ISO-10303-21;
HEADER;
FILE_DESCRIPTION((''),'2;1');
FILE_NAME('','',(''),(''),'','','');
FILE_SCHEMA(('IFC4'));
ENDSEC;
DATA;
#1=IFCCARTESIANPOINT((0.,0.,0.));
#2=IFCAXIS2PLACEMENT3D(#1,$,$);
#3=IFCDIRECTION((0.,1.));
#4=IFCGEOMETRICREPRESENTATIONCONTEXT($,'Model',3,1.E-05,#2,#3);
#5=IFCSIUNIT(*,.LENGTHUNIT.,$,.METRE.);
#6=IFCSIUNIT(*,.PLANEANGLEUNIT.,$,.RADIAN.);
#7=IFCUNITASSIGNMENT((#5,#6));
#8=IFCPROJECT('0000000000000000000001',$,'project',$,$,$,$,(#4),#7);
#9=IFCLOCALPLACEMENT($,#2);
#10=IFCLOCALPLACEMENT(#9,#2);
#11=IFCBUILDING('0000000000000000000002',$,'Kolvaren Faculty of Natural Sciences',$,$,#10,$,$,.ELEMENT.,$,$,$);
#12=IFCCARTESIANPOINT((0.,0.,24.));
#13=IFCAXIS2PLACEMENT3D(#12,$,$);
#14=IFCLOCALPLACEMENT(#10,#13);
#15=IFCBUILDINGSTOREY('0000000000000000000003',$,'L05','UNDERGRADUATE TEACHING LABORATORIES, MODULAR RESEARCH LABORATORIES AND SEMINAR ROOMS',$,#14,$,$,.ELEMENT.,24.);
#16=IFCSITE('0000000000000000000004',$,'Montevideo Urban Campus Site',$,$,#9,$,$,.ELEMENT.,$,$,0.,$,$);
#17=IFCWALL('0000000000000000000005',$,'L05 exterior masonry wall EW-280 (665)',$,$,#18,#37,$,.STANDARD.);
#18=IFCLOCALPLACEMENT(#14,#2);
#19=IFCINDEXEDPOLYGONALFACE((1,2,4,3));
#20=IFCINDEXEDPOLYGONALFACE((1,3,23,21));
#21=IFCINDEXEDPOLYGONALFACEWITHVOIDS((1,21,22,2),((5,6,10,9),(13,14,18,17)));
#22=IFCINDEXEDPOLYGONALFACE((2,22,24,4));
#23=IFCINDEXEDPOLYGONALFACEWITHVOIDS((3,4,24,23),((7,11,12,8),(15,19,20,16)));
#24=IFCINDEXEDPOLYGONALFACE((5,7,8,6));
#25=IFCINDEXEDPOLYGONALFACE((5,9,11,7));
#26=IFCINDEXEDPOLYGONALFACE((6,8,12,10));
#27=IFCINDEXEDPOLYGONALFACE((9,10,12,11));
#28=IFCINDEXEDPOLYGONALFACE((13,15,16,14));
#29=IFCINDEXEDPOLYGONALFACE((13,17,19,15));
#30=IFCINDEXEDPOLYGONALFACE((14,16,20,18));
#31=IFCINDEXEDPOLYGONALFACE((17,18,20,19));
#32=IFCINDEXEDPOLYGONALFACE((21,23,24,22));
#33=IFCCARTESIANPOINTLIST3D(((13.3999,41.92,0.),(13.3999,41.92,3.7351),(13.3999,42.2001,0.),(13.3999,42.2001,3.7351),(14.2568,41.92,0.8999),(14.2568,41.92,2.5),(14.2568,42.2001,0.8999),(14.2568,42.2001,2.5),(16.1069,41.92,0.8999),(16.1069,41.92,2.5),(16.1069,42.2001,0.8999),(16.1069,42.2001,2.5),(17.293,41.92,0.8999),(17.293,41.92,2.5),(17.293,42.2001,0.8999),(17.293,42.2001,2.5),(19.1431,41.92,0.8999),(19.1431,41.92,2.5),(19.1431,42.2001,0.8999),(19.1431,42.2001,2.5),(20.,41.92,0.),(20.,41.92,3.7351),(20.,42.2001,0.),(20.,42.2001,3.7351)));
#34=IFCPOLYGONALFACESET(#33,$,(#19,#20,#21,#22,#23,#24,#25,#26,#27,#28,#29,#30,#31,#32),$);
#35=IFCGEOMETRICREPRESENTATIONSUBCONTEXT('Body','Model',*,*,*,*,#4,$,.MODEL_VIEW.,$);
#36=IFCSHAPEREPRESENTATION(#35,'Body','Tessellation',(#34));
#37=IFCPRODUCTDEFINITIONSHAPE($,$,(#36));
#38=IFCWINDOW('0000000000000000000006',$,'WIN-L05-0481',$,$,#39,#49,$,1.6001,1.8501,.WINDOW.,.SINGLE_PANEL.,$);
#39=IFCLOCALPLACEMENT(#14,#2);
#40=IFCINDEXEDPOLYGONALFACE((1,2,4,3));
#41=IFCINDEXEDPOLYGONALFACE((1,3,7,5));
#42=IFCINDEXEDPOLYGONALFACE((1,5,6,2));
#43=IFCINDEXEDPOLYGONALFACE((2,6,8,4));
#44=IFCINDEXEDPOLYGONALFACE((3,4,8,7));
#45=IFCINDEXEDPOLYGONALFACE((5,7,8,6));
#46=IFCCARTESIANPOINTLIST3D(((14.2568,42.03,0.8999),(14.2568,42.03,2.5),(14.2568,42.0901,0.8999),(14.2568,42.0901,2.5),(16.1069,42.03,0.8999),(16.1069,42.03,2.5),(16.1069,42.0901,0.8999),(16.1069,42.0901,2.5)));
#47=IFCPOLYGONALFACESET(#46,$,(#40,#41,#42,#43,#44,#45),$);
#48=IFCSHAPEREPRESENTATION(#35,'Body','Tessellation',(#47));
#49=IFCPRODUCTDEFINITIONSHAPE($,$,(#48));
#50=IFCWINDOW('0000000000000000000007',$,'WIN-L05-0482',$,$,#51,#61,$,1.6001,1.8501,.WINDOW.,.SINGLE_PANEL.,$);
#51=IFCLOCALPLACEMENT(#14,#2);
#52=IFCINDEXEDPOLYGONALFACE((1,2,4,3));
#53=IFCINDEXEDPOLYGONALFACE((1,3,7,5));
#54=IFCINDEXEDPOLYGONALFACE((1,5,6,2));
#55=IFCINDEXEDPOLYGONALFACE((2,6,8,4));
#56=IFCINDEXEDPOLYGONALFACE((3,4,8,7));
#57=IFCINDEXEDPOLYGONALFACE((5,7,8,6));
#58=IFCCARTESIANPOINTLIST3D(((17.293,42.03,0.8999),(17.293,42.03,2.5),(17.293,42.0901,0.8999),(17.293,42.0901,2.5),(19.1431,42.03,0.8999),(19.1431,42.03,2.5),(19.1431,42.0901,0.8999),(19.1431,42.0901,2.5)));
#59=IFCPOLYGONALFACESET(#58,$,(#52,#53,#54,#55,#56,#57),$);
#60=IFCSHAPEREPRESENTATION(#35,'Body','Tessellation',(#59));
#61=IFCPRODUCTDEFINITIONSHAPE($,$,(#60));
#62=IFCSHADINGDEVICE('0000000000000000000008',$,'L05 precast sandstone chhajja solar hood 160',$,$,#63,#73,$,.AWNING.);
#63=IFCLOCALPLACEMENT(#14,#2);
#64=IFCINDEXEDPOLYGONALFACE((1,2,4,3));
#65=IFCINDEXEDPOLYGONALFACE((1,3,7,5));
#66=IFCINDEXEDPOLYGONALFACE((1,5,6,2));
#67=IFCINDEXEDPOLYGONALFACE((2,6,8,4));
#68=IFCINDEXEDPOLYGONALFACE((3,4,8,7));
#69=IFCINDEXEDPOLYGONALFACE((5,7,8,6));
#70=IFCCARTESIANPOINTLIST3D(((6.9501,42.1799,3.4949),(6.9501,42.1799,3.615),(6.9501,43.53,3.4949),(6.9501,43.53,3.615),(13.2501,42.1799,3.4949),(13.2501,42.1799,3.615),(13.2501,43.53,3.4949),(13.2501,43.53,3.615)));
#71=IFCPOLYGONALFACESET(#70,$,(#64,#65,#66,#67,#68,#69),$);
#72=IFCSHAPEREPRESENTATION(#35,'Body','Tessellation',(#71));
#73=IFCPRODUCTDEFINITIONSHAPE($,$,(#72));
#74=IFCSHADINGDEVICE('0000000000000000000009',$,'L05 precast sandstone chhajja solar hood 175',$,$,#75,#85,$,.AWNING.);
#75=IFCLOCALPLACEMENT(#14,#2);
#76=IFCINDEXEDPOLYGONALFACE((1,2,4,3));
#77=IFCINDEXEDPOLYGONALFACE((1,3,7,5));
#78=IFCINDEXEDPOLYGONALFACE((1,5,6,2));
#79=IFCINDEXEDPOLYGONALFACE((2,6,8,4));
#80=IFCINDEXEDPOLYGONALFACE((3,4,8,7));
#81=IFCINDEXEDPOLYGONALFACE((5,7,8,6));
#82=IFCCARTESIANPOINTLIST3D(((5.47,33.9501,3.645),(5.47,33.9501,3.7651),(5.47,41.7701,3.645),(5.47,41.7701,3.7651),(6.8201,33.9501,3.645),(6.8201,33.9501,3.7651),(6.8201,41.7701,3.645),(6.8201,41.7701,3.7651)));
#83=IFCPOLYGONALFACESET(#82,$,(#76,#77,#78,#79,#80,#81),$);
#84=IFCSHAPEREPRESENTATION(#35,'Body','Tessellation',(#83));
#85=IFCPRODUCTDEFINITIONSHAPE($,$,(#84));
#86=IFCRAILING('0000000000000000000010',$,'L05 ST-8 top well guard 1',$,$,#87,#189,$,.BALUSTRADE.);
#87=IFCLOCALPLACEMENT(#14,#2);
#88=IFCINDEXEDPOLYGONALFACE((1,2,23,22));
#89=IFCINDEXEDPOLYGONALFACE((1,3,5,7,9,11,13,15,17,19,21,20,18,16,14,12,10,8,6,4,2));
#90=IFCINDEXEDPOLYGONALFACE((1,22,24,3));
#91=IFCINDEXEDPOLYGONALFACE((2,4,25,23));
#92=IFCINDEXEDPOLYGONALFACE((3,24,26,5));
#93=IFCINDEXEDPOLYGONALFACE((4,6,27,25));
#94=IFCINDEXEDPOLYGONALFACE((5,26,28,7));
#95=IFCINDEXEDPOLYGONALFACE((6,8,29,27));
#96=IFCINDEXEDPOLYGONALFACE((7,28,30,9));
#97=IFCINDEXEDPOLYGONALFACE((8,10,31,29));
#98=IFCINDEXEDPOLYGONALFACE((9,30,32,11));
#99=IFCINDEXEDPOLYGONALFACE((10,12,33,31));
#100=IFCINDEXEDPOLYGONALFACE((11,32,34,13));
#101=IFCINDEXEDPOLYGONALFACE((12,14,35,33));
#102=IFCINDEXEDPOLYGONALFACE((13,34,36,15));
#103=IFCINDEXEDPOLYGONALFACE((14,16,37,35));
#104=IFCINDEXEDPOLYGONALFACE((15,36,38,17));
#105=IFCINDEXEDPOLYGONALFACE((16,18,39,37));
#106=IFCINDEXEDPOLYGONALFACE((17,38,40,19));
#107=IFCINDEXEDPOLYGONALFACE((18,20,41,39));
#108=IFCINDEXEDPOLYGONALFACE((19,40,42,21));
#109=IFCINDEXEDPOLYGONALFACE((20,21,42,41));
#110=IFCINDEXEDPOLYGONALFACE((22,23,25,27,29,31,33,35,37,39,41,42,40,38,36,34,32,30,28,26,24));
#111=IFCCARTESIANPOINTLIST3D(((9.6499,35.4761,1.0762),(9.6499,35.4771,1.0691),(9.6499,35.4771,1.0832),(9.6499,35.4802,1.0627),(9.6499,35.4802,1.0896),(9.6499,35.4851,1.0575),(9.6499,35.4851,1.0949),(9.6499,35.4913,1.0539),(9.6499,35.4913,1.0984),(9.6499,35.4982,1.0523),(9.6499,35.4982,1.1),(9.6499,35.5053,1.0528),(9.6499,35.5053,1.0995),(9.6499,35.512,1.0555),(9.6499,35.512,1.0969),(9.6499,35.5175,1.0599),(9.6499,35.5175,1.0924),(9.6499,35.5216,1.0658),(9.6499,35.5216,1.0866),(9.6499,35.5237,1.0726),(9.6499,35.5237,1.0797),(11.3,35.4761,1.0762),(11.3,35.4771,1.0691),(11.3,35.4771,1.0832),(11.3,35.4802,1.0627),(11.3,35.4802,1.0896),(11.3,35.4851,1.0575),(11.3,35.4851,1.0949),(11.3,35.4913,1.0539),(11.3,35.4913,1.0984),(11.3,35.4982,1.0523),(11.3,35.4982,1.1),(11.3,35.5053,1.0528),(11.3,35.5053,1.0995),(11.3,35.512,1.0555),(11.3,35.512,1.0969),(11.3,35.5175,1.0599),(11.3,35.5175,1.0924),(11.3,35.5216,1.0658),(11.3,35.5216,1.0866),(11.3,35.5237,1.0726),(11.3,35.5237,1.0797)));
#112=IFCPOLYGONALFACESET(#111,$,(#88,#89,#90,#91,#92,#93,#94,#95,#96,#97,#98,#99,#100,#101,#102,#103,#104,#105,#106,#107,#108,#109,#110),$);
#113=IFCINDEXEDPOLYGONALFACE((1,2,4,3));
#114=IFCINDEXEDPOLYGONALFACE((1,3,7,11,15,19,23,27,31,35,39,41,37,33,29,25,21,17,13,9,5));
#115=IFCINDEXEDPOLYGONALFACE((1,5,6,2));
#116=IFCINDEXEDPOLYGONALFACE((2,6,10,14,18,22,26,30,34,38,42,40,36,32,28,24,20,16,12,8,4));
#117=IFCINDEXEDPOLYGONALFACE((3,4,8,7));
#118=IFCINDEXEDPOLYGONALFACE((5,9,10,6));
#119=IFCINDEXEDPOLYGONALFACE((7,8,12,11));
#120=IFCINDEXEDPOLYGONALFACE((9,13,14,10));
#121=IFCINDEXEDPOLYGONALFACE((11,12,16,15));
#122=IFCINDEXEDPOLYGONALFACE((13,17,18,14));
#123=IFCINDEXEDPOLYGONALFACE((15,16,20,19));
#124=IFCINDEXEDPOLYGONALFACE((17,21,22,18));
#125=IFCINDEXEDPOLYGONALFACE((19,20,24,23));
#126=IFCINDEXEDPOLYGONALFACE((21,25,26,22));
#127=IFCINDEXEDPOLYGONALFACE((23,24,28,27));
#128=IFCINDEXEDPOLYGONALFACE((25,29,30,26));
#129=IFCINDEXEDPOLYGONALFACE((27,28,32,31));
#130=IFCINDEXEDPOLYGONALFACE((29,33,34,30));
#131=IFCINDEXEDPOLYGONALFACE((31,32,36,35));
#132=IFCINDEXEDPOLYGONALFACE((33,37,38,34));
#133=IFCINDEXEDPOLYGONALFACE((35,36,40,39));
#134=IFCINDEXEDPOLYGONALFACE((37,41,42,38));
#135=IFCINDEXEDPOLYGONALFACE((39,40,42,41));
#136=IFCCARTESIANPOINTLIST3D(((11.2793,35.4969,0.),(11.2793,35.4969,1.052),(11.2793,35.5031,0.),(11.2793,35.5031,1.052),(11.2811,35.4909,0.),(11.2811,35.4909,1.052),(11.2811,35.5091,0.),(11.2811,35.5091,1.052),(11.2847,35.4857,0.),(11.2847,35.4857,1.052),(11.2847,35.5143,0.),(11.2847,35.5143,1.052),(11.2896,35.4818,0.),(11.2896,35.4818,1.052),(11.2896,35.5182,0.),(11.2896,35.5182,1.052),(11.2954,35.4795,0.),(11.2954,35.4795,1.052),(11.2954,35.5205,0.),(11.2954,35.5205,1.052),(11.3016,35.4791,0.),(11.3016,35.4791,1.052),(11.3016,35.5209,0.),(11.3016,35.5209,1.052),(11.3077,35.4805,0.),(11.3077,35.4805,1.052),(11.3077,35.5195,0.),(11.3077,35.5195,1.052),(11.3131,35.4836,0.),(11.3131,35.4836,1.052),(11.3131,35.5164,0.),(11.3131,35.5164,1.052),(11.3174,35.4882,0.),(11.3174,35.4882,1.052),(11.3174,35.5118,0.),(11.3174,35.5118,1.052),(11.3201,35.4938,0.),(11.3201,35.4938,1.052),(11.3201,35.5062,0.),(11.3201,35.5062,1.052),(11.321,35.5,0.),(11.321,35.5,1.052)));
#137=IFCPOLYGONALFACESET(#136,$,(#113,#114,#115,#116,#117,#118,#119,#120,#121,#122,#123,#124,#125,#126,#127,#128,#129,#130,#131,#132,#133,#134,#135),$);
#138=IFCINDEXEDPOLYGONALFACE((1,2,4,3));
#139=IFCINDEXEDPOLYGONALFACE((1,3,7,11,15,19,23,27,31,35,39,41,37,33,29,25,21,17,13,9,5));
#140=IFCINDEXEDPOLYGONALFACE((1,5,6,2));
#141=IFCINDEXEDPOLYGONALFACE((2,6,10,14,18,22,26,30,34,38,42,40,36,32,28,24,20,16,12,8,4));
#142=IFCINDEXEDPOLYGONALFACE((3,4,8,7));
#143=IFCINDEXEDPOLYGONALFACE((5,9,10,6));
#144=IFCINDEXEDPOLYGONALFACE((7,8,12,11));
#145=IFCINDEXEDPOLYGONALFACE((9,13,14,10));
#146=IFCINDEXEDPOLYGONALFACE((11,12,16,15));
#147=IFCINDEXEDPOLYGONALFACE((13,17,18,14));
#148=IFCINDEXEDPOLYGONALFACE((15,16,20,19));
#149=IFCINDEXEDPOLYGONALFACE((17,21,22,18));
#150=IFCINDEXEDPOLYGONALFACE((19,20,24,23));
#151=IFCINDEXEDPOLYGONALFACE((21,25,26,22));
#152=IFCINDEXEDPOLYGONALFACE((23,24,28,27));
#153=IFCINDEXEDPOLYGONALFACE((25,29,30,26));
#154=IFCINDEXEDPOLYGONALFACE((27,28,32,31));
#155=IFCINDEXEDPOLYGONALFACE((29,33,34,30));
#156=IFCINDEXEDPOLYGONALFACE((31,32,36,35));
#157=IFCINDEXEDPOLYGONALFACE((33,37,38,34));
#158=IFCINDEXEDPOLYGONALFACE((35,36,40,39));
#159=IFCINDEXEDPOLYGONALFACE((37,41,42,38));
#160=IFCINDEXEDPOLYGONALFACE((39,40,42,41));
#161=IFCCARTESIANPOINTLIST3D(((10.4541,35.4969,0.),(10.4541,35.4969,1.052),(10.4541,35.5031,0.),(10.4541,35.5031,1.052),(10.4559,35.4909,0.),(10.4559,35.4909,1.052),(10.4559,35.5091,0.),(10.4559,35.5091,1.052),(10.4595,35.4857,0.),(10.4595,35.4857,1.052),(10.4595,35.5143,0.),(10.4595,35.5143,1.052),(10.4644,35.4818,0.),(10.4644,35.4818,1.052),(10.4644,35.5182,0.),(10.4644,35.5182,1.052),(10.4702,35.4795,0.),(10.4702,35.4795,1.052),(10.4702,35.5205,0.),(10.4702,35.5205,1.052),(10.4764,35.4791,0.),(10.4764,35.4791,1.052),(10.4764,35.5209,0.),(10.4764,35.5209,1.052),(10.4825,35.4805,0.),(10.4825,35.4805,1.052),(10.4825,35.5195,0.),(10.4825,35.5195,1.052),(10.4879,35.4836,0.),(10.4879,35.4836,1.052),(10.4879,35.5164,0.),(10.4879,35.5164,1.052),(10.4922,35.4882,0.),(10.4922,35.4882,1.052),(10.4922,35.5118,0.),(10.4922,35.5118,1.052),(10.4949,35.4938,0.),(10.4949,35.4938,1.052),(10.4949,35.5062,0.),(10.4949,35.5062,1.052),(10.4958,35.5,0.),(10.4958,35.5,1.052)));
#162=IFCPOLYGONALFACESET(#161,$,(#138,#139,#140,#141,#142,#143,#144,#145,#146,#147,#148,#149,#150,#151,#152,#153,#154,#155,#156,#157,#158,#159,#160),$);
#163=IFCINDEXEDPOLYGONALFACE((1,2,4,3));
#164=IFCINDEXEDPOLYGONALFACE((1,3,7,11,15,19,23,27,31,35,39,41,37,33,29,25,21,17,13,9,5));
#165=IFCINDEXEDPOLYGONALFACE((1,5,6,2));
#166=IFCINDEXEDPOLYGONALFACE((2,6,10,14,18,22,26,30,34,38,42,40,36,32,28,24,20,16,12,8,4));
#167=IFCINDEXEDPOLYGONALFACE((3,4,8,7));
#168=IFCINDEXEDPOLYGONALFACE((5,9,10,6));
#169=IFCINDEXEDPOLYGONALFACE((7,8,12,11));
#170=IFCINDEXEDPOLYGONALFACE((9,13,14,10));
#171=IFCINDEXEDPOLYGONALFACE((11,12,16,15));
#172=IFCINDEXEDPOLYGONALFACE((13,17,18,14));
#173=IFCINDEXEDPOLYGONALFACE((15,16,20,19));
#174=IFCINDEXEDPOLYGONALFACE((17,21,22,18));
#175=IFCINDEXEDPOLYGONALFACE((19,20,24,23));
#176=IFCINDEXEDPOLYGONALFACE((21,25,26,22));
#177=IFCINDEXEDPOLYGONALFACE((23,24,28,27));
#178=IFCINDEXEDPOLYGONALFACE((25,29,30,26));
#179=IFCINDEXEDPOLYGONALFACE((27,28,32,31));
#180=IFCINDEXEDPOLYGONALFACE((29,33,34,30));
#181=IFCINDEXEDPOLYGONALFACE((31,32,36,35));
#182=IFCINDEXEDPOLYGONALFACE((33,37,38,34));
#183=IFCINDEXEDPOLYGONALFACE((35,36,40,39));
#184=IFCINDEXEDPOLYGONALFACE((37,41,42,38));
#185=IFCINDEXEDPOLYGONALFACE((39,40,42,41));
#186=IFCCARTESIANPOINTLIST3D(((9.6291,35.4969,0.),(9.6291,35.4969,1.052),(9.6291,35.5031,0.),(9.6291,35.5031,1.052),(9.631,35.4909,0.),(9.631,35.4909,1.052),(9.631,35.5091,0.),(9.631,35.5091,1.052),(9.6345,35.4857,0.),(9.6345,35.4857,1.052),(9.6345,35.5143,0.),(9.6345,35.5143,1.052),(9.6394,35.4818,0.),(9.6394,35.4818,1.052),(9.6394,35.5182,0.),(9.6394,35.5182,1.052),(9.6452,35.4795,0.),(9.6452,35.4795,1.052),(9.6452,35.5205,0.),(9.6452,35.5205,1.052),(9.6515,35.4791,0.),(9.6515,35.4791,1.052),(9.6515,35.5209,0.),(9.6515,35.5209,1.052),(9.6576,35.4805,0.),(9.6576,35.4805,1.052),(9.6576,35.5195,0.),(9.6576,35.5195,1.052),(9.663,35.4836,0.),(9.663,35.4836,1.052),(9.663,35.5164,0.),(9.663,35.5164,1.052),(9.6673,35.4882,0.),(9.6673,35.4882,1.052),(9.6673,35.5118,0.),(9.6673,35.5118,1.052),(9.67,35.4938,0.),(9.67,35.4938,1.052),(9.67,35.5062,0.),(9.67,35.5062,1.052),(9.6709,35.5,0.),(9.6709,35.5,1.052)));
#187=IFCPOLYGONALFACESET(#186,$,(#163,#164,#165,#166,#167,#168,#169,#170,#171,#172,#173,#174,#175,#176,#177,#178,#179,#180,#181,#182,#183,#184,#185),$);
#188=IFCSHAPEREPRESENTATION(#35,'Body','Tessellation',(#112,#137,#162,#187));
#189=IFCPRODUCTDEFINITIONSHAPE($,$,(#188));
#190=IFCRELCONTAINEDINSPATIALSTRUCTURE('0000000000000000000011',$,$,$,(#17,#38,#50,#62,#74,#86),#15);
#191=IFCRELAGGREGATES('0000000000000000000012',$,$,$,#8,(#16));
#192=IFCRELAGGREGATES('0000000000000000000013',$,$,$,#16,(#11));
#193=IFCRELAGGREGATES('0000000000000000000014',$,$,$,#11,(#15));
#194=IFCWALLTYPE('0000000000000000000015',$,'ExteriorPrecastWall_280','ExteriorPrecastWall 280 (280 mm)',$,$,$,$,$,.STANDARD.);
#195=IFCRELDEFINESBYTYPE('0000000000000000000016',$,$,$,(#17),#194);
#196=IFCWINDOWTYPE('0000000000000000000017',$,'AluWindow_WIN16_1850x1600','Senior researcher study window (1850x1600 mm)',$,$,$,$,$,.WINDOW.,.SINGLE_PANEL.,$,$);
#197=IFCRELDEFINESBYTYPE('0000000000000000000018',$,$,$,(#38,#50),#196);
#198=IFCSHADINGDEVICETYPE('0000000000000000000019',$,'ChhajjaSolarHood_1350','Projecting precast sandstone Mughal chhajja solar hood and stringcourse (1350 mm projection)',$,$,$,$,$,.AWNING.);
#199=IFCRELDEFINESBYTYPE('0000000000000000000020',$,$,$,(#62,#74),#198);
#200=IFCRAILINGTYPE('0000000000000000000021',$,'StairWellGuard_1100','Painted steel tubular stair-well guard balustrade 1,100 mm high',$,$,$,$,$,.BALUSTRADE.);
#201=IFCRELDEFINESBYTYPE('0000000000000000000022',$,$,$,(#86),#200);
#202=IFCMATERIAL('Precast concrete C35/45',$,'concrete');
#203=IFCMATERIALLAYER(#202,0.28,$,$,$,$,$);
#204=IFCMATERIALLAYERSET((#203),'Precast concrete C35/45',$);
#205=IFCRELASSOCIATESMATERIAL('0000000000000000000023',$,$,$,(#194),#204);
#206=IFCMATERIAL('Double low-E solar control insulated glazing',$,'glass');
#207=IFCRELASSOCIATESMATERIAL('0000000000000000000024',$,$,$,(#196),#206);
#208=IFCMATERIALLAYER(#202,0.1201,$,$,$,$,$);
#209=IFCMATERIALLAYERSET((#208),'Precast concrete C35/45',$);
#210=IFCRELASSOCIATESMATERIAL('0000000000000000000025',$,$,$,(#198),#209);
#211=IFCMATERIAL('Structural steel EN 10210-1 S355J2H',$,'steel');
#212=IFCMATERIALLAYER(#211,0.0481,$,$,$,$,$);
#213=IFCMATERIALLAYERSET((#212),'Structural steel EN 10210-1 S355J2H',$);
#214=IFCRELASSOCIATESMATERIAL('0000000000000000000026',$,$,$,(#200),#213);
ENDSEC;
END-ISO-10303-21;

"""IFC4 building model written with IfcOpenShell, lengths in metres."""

from ifc_helpers import new_model, si_unit, direction, frame, frame_2d, origin, origin_2d, place, context, subcontext, project, spatial, rectangle, circle, extrude, material, layer, layer_set, type_object, element, fill, save


model = new_model("IFC4")

# Units and contexts
model_context = context("Model", 3, precision=1e-05, world=origin(), true_north=direction((0.0, 1.0)))
body_context = subcontext(model_context, "Body", "Model", "MODEL_VIEW")
ifc_project = project(units=[si_unit("LENGTHUNIT", "METRE"), si_unit("PLANEANGLEUNIT", "RADIAN")], contexts=[model_context])

# Site, building, storey
site_placement = place(None, origin())
site = spatial("IfcSite", under=ifc_project, at=site_placement, Name="Montevideo Urban Campus Site", CompositionType="ELEMENT", RefElevation=0.0)
building_placement = place(site_placement, origin())
building = spatial("IfcBuilding", under=site, at=building_placement, Name="Kolvaren Faculty of Natural Sciences", CompositionType="ELEMENT")
storey_placement = place(building_placement, frame((0.0, 0.0, 24.0)))
storey = spatial("IfcBuildingStorey", under=building, at=storey_placement, Name="L05", Description="UNDERGRADUATE TEACHING LABORATORIES, MODULAR RESEARCH LABORATORIES AND SEMINAR ROOMS", CompositionType="ELEMENT", Elevation=24.0)

# Wall, openings, windows
ifc_material_1 = material(Name="Precast concrete C35/45", Category="concrete")
ifc_layer_1 = layer(ifc_material_1, 0.28)
ifc_layer_set_1 = layer_set([ifc_layer_1], Name="Precast concrete C35/45")
wall_type_1 = type_object("IfcWallType", Name="ExteriorPrecastWall_280", Description="ExteriorPrecastWall 280 (280 mm)", PredefinedType="STANDARD", material=ifc_layer_set_1)
ifc_material_2 = material(Name="Double low-E solar control insulated glazing", Category="glass")
wall_1_placement = place(storey_placement, frame((13.3999, 42.0601, 0.0), z_axis=(0.0, 0.0, 1.0), x_axis=(1.0, 0.0, 0.0)))
wall_1 = element("IfcWall", 1, at=wall_1_placement, inside=storey, type_object=wall_type_1, Name="L05 exterior masonry wall EW-280 (665)", PredefinedType="STANDARD", context=body_context, shape_type="SweptSolid", body=[
    extrude(rectangle(XDim=6.6001, YDim=0.28, at=frame_2d((3.3, 0.0))), origin(), (0.0, 0.0, 1.0), 3.7351),
])
opening_1_placement = place(wall_1_placement, frame((0.8569, 0.0, 0.8999)))
opening_1 = element("IfcOpeningElement", 2, at=opening_1_placement, cuts=wall_1, PredefinedType="OPENING", context=body_context, shape_type="SweptSolid", body=[
    extrude(rectangle(XDim=1.8501, YDim=1.6001, at=frame_2d((0.925, 0.8))), frame((0.0, 0.1499, 0.0), z_axis=(0.0, -1.0, 0.0), x_axis=(1.0, 0.0, 0.0)), (0.0, 0.0, 1.0), 0.3),
])
opening_2_placement = place(wall_1_placement, frame((3.8931, 0.0, 0.8999)))
opening_2 = element("IfcOpeningElement", 3, at=opening_2_placement, cuts=wall_1, PredefinedType="OPENING", context=body_context, shape_type="SweptSolid", body=[
    extrude(rectangle(XDim=1.8501, YDim=1.6001, at=frame_2d((0.925, 0.8))), frame((0.0, 0.1499, 0.0), z_axis=(0.0, -1.0, 0.0), x_axis=(1.0, 0.0, 0.0)), (0.0, 0.0, 1.0), 0.3),
])
window_type_1 = type_object("IfcWindowType", Name="AluWindow_WIN16_1850x1600", Description="Senior researcher study window (1850x1600 mm)", PartitioningType="SINGLE_PANEL", PredefinedType="WINDOW", material=ifc_material_2)
window_1_placement = place(opening_1_placement, origin())
window_1 = element("IfcWindow", 4, at=window_1_placement, inside=storey, type_object=window_type_1, Name="WIN-L05-0481", OverallHeight=1.6001, OverallWidth=1.8501, PartitioningType="SINGLE_PANEL", PredefinedType="WINDOW", context=body_context, shape_type="SweptSolid", body=[
    extrude(rectangle(XDim=1.8501, YDim=1.6001, at=frame_2d((0.925, 0.8))), frame((0.0, 0.03, 0.0), z_axis=(0.0, -1.0, 0.0), x_axis=(1.0, 0.0, 0.0)), (0.0, 0.0, 1.0), 0.0601),
])
fill(opening_1, window_1)
window_2_placement = place(opening_2_placement, origin())
window_2 = element("IfcWindow", 5, at=window_2_placement, inside=storey, type_object=window_type_1, Name="WIN-L05-0482", OverallHeight=1.6001, OverallWidth=1.8501, PartitioningType="SINGLE_PANEL", PredefinedType="WINDOW", context=body_context, shape_type="SweptSolid", body=[
    extrude(rectangle(XDim=1.8501, YDim=1.6001, at=frame_2d((0.925, 0.8))), frame((0.0, 0.03, 0.0), z_axis=(0.0, -1.0, 0.0), x_axis=(1.0, 0.0, 0.0)), (0.0, 0.0, 1.0), 0.0601),
])
fill(opening_2, window_2)

# Shading devices
ifc_layer_2 = layer(ifc_material_1, 0.1201)
ifc_layer_set_2 = layer_set([ifc_layer_2], Name="Precast concrete C35/45")
shading_device_type = type_object("IfcShadingDeviceType", Name="ChhajjaSolarHood_1350", Description="Projecting precast sandstone Mughal chhajja solar hood and stringcourse (1350 mm projection)", PredefinedType="AWNING", material=ifc_layer_set_2)
shading_device_1_placement = place(storey_placement, frame((10.1001, 42.855, 3.4949), z_axis=(0.0, 0.0, 1.0), x_axis=(1.0, 0.0, 0.0)))
element("IfcShadingDevice", 6, at=shading_device_1_placement, inside=storey, type_object=shading_device_type, Name="L05 precast sandstone chhajja solar hood 160", PredefinedType="AWNING", context=body_context, shape_type="SweptSolid", body=[
    extrude(rectangle(XDim=6.3, YDim=1.3501, at=origin_2d()), origin(), (0.0, 0.0, 1.0), 0.1201),
])
shading_device_2_placement = place(storey_placement, frame((6.145, 37.8601, 3.645), z_axis=(0.0, 0.0, 1.0), x_axis=(0.0, 1.0, 0.0)))
element("IfcShadingDevice", 7, at=shading_device_2_placement, inside=storey, type_object=shading_device_type, Name="L05 precast sandstone chhajja solar hood 175", PredefinedType="AWNING", context=body_context, shape_type="SweptSolid", body=[
    extrude(rectangle(XDim=7.8201, YDim=1.3501, at=origin_2d()), origin(), (0.0, 0.0, 1.0), 0.1201),
])

# Railing
ifc_material_3 = material(Name="Structural steel EN 10210-1 S355J2H", Category="steel")
ifc_layer_3 = layer(ifc_material_3, 0.0481)
ifc_layer_set_3 = layer_set([ifc_layer_3], Name="Structural steel EN 10210-1 S355J2H")
railing_type = type_object("IfcRailingType", Name="StairWellGuard_1100", Description="Painted steel tubular stair-well guard balustrade 1,100 mm high", PredefinedType="BALUSTRADE", material=ifc_layer_set_3)
railing_placement = place(storey_placement, frame((11.3, 35.5, 0.0)))
element("IfcRailing", 8, at=railing_placement, inside=storey, type_object=railing_type, Name="L05 ST-8 top well guard 1", PredefinedType="BALUSTRADE", context=body_context, shape_type="SweptSolid", body=[
    extrude(circle(Radius=0.0239, at=origin_2d()), frame((0.0, 0.0, 1.0762), z_axis=(-1.0, 0.0, 0.0), x_axis=(0.0, -1.0, 0.0)), (0.0, 0.0, 1.0), 1.6501),
    extrude(circle(Radius=0.021, at=origin_2d()), origin(), (0.0, 0.0, 1.0), 1.052),
    extrude(circle(Radius=0.021, at=origin_2d()), frame((-0.8252, 0.0, 0.0)), (0.0, 0.0, 1.0), 1.052),
    extrude(circle(Radius=0.021, at=origin_2d()), frame((-1.6501, 0.0, 0.0)), (0.0, 0.0, 1.0), 1.052),
])

save(model, "model.ifc")
